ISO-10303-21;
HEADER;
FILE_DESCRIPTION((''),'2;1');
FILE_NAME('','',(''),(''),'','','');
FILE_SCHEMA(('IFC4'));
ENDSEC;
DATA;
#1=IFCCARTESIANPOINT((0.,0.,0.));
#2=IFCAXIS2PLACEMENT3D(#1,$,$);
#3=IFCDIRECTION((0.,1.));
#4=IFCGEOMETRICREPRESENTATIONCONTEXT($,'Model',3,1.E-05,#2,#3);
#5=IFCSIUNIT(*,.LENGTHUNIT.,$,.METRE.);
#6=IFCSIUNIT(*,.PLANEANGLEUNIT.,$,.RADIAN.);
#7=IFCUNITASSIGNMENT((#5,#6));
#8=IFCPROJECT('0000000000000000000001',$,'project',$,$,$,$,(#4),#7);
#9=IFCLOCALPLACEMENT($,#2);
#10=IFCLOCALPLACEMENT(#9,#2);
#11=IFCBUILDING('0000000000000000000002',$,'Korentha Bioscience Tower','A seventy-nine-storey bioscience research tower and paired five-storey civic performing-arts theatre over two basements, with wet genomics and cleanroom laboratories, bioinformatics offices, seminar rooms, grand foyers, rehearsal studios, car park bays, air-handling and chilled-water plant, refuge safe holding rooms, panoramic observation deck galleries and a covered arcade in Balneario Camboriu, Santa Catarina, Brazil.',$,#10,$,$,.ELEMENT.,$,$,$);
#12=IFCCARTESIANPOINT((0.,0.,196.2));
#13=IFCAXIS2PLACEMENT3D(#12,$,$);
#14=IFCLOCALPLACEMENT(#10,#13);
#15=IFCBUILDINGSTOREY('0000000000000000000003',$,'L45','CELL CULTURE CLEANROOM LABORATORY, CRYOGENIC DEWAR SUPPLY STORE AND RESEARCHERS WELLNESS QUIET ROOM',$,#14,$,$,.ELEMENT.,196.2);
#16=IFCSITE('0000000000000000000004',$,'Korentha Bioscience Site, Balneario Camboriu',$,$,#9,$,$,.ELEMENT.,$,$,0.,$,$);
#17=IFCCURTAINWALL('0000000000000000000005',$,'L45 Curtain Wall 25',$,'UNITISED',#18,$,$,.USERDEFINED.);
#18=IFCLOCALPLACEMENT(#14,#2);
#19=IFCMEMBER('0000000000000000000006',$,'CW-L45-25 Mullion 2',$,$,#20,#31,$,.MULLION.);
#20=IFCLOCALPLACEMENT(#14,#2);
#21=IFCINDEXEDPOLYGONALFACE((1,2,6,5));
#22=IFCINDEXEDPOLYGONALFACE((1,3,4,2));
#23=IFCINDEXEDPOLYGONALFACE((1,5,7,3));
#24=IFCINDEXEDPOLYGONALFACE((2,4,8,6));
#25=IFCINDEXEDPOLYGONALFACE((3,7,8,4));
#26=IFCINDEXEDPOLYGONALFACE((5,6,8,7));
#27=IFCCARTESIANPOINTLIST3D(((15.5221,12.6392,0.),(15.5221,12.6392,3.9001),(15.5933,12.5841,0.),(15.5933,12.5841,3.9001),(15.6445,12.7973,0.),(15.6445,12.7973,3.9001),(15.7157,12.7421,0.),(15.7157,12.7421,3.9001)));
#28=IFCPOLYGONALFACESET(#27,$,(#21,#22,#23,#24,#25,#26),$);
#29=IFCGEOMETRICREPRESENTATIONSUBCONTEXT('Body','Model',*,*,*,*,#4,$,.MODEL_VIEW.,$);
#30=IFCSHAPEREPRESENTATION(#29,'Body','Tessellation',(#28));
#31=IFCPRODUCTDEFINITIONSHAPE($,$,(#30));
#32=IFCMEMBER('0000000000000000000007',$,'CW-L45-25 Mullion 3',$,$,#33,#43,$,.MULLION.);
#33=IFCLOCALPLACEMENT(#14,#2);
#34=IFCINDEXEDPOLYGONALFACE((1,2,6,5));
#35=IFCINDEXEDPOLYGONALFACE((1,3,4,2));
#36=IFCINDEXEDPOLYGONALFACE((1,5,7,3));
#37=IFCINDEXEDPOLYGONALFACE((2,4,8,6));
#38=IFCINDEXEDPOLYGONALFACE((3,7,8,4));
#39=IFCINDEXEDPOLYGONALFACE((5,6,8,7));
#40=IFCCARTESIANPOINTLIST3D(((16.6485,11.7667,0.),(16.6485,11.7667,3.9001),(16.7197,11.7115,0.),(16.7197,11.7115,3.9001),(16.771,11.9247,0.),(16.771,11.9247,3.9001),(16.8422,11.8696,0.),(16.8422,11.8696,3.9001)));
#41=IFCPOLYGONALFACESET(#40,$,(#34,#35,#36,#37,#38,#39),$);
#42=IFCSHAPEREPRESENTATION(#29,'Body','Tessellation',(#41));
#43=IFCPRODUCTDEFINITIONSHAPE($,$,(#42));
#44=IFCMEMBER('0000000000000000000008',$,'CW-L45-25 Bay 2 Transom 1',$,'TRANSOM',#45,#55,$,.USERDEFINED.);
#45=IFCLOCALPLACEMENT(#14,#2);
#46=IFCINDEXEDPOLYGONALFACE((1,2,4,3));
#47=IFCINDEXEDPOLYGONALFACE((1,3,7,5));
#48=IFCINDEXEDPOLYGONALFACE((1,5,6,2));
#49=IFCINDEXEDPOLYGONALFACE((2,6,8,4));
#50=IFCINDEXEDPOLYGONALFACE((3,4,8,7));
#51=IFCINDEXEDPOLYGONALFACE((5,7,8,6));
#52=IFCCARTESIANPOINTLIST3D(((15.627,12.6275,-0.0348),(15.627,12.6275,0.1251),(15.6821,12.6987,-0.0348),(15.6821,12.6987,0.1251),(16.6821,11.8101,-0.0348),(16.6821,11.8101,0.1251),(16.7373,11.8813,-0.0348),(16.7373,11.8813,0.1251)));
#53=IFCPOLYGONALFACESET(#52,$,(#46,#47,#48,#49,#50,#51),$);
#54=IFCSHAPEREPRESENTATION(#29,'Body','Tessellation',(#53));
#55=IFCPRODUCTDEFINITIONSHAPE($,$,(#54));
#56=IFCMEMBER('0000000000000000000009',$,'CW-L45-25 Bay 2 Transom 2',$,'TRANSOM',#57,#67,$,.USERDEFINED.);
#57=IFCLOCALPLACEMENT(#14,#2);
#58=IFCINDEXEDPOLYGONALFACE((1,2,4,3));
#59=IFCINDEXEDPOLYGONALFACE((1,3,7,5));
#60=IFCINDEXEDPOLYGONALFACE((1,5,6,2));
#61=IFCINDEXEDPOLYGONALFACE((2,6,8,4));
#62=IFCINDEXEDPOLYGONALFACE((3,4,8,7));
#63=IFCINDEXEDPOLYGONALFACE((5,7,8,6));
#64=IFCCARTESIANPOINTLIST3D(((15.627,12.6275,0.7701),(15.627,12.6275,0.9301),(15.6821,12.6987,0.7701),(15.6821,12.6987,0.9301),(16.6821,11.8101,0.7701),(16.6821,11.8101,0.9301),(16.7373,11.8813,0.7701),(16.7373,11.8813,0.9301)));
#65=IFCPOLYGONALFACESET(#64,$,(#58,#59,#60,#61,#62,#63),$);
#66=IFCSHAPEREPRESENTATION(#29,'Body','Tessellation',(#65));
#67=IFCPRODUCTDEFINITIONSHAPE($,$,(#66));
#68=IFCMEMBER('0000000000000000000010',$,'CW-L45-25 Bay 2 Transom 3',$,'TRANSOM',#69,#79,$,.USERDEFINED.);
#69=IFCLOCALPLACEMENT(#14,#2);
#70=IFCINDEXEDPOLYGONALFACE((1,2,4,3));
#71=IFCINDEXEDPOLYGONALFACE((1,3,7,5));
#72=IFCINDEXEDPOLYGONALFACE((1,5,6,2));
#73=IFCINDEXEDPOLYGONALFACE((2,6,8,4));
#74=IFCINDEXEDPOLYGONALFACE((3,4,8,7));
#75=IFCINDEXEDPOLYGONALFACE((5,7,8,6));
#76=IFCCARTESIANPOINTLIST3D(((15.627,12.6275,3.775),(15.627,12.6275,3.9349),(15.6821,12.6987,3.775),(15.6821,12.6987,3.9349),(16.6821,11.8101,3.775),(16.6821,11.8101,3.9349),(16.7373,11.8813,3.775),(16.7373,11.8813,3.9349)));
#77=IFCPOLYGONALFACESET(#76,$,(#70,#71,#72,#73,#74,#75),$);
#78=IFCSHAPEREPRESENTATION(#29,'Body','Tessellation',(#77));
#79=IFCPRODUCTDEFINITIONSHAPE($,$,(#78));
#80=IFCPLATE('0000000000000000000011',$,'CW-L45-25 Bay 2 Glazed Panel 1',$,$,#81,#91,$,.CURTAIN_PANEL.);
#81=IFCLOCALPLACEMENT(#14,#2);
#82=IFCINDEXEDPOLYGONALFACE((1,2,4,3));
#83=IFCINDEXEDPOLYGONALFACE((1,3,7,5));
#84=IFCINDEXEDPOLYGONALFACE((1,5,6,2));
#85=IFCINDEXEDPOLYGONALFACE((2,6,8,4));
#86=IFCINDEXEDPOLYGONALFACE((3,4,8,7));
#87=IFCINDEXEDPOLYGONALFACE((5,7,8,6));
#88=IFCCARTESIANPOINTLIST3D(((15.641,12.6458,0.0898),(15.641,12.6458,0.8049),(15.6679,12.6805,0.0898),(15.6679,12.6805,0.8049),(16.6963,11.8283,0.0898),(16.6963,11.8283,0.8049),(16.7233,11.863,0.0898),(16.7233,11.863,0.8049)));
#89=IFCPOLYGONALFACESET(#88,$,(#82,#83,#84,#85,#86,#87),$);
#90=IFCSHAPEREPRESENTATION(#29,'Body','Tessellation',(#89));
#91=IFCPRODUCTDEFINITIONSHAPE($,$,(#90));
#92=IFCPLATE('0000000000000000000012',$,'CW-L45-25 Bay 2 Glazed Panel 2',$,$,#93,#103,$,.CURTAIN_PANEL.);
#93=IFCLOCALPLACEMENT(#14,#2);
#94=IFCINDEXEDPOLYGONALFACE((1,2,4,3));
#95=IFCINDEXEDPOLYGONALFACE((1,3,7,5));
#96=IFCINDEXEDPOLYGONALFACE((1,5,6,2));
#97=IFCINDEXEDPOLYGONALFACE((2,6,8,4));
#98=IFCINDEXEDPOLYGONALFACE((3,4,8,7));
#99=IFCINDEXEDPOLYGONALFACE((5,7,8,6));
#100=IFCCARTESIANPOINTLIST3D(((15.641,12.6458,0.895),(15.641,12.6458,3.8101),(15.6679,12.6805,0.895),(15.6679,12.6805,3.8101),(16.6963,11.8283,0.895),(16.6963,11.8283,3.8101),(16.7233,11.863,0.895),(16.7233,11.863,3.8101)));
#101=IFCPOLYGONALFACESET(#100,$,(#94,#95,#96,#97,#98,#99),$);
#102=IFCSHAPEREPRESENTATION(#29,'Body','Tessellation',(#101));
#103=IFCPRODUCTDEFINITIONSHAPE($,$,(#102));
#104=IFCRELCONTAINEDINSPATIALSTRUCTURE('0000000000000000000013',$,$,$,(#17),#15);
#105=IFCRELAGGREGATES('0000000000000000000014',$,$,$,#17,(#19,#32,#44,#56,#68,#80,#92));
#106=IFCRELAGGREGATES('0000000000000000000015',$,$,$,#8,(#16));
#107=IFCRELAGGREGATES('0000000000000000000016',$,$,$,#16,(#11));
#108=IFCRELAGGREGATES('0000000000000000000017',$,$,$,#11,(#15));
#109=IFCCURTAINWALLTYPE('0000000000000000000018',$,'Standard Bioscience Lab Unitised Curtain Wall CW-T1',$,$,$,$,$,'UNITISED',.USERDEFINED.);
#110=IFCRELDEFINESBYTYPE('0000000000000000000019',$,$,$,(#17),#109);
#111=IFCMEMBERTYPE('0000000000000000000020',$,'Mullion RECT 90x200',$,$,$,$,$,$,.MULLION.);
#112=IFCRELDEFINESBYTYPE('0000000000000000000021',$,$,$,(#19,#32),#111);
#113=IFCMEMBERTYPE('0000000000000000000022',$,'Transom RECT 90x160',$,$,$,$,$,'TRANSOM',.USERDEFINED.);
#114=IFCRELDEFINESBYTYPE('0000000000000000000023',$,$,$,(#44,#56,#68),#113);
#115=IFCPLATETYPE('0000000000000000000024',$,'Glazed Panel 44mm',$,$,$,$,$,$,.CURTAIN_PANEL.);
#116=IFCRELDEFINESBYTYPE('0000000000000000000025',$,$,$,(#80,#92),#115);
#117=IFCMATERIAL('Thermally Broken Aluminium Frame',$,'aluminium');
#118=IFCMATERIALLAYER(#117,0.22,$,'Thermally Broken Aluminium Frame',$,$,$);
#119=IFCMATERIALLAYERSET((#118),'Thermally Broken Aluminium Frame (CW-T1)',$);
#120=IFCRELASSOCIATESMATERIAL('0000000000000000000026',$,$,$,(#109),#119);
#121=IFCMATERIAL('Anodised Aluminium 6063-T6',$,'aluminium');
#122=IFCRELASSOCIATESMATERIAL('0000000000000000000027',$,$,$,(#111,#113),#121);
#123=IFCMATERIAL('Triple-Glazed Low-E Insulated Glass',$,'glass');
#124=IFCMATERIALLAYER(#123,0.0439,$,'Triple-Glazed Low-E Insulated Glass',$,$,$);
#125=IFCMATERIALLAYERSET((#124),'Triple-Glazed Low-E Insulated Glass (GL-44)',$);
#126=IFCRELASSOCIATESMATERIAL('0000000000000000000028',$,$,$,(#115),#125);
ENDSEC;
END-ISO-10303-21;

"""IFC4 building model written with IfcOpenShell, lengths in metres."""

from ifc_helpers import new_model, si_unit, direction, frame, origin, origin_2d, place, context, subcontext, project, spatial, rectangle, extrude, material, layer, layer_set, material_profile, profile_set, type_object, element, aggregate, save


model = new_model("IFC4")

# Units and contexts
model_context = context("Model", 3, precision=1e-05, world=origin(), true_north=direction((0.0, 1.0)))
body_context = subcontext(model_context, "Body", "Model", "MODEL_VIEW")
ifc_project = project(units=[si_unit("LENGTHUNIT", "METRE"), si_unit("PLANEANGLEUNIT", "RADIAN")], contexts=[model_context])

# Site, building, storey
site_placement = place(None, origin())
site = spatial("IfcSite", under=ifc_project, at=site_placement, Name="Korentha Bioscience Site, Balneario Camboriu", CompositionType="ELEMENT", RefElevation=0.0)
building_placement = place(site_placement, origin())
building = spatial("IfcBuilding", under=site, at=building_placement, Name="Korentha Bioscience Tower", Description="A seventy-nine-storey bioscience research tower and paired five-storey civic performing-arts theatre over two basements, with wet genomics and cleanroom laboratories, bioinformatics offices, seminar rooms, grand foyers, rehearsal studios, car park bays, air-handling and chilled-water plant, refuge safe holding rooms, panoramic observation deck galleries and a covered arcade in Balneario Camboriu, Santa Catarina, Brazil.", CompositionType="ELEMENT")
storey_placement = place(building_placement, frame((0.0, 0.0, 196.2)))
storey = spatial("IfcBuildingStorey", under=building, at=storey_placement, Name="L45", Description="CELL CULTURE CLEANROOM LABORATORY, CRYOGENIC DEWAR SUPPLY STORE AND RESEARCHERS WELLNESS QUIET ROOM", CompositionType="ELEMENT", Elevation=196.2)

# Curtain wall, members, plates
ifc_material_1 = material(Name="Thermally Broken Aluminium Frame", Category="aluminium")
ifc_layer_1 = layer(ifc_material_1, 0.22, Name="Thermally Broken Aluminium Frame")
ifc_layer_set_1 = layer_set([ifc_layer_1], Name="Thermally Broken Aluminium Frame (CW-T1)")
curtain_wall_type = type_object("IfcCurtainWallType", Name="Standard Bioscience Lab Unitised Curtain Wall CW-T1", ElementType="UNITISED", PredefinedType="USERDEFINED", material=ifc_layer_set_1)
curtain_wall_placement = place(storey_placement, origin())
curtain_wall = element("IfcCurtainWall", 1, at=curtain_wall_placement, inside=storey, type_object=curtain_wall_type, Name="L45 Curtain Wall 25", ObjectType="UNITISED", PredefinedType="USERDEFINED")
ifc_material_2 = material(Name="Anodised Aluminium 6063-T6", Category="aluminium")
ifc_material_profile_1 = material_profile(ifc_material_2, rectangle(XDim=0.0901, YDim=0.2, at=origin_2d()), Name="Anodised Aluminium 6063-T6")
ifc_profile_set_1 = profile_set([ifc_material_profile_1], Name="Anodised Aluminium 6063-T6 (CW-MUL)")
member_type_1 = type_object("IfcMemberType", Name="Mullion RECT 90x200", PredefinedType="MULLION", material=ifc_profile_set_1)
member_1_placement = place(storey_placement, frame((15.6189, 12.6907, 0.0), z_axis=(0.0, 0.0, 1.0), x_axis=(0.790547, -0.612402, 0.0)))
member_1 = element("IfcMember", 2, at=member_1_placement, type_object=member_type_1, Name="CW-L45-25 Mullion 2", PredefinedType="MULLION", context=body_context, shape_type="SweptSolid", body=[
    extrude(rectangle(XDim=0.0901, YDim=0.2, at=origin_2d()), origin(), (0.0, 0.0, 1.0), 3.9001),
])
member_2_placement = place(storey_placement, frame((16.7454, 11.8181, 0.0), z_axis=(0.0, 0.0, 1.0), x_axis=(0.790547, -0.612402, 0.0)))
member_2 = element("IfcMember", 3, at=member_2_placement, type_object=member_type_1, Name="CW-L45-25 Mullion 3", PredefinedType="MULLION", context=body_context, shape_type="SweptSolid", body=[
    extrude(rectangle(XDim=0.0901, YDim=0.2, at=origin_2d()), origin(), (0.0, 0.0, 1.0), 3.9001),
])
ifc_material_profile_2 = material_profile(ifc_material_2, rectangle(XDim=0.0901, YDim=0.1599, at=origin_2d()), Name="Anodised Aluminium 6063-T6")
ifc_profile_set_2 = profile_set([ifc_material_profile_2], Name="Anodised Aluminium 6063-T6 (CW-TRN)")
member_type_2 = type_object("IfcMemberType", Name="Transom RECT 90x160", ElementType="TRANSOM", PredefinedType="USERDEFINED", material=ifc_profile_set_2)
member_3_placement = place(storey_placement, frame((15.6545, 12.6631, 0.0452), z_axis=(0.790552, -0.612395, 0.0), x_axis=(0.612395, 0.790552, 0.0)))
member_3 = element("IfcMember", 4, at=member_3_placement, type_object=member_type_2, Name="CW-L45-25 Bay 2 Transom 1", ObjectType="TRANSOM", PredefinedType="USERDEFINED", context=body_context, shape_type="SweptSolid", body=[
    extrude(rectangle(XDim=0.0901, YDim=0.1599, at=origin_2d()), origin(), (0.0, 0.0, 1.0), 1.3347),
])
member_4_placement = place(storey_placement, frame((15.6545, 12.6631, 0.8501), z_axis=(0.790552, -0.612395, 0.0), x_axis=(0.612395, 0.790552, 0.0)))
member_4 = element("IfcMember", 5, at=member_4_placement, type_object=member_type_2, Name="CW-L45-25 Bay 2 Transom 2", ObjectType="TRANSOM", PredefinedType="USERDEFINED", context=body_context, shape_type="SweptSolid", body=[
    extrude(rectangle(XDim=0.0901, YDim=0.1599, at=origin_2d()), origin(), (0.0, 0.0, 1.0), 1.3347),
])
member_5_placement = place(storey_placement, frame((15.6545, 12.6631, 3.855), z_axis=(0.790552, -0.612395, 0.0), x_axis=(0.612395, 0.790552, 0.0)))
member_5 = element("IfcMember", 6, at=member_5_placement, type_object=member_type_2, Name="CW-L45-25 Bay 2 Transom 3", ObjectType="TRANSOM", PredefinedType="USERDEFINED", context=body_context, shape_type="SweptSolid", body=[
    extrude(rectangle(XDim=0.0901, YDim=0.1599, at=origin_2d()), origin(), (0.0, 0.0, 1.0), 1.3347),
])
ifc_material_3 = material(Name="Triple-Glazed Low-E Insulated Glass", Category="glass")
ifc_layer_2 = layer(ifc_material_3, 0.0439, Name="Triple-Glazed Low-E Insulated Glass")
ifc_layer_set_2 = layer_set([ifc_layer_2], Name="Triple-Glazed Low-E Insulated Glass (GL-44)")
plate_type = type_object("IfcPlateType", Name="Glazed Panel 44mm", PredefinedType="CURTAIN_PANEL", material=ifc_layer_set_2)
plate_1_placement = place(storey_placement, frame((16.1821, 12.2544, 0.0898), z_axis=(0.0, 0.0, 1.0), x_axis=(0.790547, -0.612402, 0.0)))
plate_1 = element("IfcPlate", 7, at=plate_1_placement, type_object=plate_type, Name="CW-L45-25 Bay 2 Glazed Panel 1", PredefinedType="CURTAIN_PANEL", context=body_context, shape_type="SweptSolid", body=[
    extrude(rectangle(XDim=1.335, YDim=0.0439, at=origin_2d()), origin(), (0.0, 0.0, 1.0), 0.7151),
])
plate_2_placement = place(storey_placement, frame((16.1821, 12.2544, 0.895), z_axis=(0.0, 0.0, 1.0), x_axis=(0.790547, -0.612402, 0.0)))
plate_2 = element("IfcPlate", 8, at=plate_2_placement, type_object=plate_type, Name="CW-L45-25 Bay 2 Glazed Panel 2", PredefinedType="CURTAIN_PANEL", context=body_context, shape_type="SweptSolid", body=[
    extrude(rectangle(XDim=1.335, YDim=0.0439, at=origin_2d()), origin(), (0.0, 0.0, 1.0), 2.915),
])
aggregate(curtain_wall, [member_1, member_2, member_3, member_4, member_5, plate_1, plate_2])

save(model, "model.ifc")
